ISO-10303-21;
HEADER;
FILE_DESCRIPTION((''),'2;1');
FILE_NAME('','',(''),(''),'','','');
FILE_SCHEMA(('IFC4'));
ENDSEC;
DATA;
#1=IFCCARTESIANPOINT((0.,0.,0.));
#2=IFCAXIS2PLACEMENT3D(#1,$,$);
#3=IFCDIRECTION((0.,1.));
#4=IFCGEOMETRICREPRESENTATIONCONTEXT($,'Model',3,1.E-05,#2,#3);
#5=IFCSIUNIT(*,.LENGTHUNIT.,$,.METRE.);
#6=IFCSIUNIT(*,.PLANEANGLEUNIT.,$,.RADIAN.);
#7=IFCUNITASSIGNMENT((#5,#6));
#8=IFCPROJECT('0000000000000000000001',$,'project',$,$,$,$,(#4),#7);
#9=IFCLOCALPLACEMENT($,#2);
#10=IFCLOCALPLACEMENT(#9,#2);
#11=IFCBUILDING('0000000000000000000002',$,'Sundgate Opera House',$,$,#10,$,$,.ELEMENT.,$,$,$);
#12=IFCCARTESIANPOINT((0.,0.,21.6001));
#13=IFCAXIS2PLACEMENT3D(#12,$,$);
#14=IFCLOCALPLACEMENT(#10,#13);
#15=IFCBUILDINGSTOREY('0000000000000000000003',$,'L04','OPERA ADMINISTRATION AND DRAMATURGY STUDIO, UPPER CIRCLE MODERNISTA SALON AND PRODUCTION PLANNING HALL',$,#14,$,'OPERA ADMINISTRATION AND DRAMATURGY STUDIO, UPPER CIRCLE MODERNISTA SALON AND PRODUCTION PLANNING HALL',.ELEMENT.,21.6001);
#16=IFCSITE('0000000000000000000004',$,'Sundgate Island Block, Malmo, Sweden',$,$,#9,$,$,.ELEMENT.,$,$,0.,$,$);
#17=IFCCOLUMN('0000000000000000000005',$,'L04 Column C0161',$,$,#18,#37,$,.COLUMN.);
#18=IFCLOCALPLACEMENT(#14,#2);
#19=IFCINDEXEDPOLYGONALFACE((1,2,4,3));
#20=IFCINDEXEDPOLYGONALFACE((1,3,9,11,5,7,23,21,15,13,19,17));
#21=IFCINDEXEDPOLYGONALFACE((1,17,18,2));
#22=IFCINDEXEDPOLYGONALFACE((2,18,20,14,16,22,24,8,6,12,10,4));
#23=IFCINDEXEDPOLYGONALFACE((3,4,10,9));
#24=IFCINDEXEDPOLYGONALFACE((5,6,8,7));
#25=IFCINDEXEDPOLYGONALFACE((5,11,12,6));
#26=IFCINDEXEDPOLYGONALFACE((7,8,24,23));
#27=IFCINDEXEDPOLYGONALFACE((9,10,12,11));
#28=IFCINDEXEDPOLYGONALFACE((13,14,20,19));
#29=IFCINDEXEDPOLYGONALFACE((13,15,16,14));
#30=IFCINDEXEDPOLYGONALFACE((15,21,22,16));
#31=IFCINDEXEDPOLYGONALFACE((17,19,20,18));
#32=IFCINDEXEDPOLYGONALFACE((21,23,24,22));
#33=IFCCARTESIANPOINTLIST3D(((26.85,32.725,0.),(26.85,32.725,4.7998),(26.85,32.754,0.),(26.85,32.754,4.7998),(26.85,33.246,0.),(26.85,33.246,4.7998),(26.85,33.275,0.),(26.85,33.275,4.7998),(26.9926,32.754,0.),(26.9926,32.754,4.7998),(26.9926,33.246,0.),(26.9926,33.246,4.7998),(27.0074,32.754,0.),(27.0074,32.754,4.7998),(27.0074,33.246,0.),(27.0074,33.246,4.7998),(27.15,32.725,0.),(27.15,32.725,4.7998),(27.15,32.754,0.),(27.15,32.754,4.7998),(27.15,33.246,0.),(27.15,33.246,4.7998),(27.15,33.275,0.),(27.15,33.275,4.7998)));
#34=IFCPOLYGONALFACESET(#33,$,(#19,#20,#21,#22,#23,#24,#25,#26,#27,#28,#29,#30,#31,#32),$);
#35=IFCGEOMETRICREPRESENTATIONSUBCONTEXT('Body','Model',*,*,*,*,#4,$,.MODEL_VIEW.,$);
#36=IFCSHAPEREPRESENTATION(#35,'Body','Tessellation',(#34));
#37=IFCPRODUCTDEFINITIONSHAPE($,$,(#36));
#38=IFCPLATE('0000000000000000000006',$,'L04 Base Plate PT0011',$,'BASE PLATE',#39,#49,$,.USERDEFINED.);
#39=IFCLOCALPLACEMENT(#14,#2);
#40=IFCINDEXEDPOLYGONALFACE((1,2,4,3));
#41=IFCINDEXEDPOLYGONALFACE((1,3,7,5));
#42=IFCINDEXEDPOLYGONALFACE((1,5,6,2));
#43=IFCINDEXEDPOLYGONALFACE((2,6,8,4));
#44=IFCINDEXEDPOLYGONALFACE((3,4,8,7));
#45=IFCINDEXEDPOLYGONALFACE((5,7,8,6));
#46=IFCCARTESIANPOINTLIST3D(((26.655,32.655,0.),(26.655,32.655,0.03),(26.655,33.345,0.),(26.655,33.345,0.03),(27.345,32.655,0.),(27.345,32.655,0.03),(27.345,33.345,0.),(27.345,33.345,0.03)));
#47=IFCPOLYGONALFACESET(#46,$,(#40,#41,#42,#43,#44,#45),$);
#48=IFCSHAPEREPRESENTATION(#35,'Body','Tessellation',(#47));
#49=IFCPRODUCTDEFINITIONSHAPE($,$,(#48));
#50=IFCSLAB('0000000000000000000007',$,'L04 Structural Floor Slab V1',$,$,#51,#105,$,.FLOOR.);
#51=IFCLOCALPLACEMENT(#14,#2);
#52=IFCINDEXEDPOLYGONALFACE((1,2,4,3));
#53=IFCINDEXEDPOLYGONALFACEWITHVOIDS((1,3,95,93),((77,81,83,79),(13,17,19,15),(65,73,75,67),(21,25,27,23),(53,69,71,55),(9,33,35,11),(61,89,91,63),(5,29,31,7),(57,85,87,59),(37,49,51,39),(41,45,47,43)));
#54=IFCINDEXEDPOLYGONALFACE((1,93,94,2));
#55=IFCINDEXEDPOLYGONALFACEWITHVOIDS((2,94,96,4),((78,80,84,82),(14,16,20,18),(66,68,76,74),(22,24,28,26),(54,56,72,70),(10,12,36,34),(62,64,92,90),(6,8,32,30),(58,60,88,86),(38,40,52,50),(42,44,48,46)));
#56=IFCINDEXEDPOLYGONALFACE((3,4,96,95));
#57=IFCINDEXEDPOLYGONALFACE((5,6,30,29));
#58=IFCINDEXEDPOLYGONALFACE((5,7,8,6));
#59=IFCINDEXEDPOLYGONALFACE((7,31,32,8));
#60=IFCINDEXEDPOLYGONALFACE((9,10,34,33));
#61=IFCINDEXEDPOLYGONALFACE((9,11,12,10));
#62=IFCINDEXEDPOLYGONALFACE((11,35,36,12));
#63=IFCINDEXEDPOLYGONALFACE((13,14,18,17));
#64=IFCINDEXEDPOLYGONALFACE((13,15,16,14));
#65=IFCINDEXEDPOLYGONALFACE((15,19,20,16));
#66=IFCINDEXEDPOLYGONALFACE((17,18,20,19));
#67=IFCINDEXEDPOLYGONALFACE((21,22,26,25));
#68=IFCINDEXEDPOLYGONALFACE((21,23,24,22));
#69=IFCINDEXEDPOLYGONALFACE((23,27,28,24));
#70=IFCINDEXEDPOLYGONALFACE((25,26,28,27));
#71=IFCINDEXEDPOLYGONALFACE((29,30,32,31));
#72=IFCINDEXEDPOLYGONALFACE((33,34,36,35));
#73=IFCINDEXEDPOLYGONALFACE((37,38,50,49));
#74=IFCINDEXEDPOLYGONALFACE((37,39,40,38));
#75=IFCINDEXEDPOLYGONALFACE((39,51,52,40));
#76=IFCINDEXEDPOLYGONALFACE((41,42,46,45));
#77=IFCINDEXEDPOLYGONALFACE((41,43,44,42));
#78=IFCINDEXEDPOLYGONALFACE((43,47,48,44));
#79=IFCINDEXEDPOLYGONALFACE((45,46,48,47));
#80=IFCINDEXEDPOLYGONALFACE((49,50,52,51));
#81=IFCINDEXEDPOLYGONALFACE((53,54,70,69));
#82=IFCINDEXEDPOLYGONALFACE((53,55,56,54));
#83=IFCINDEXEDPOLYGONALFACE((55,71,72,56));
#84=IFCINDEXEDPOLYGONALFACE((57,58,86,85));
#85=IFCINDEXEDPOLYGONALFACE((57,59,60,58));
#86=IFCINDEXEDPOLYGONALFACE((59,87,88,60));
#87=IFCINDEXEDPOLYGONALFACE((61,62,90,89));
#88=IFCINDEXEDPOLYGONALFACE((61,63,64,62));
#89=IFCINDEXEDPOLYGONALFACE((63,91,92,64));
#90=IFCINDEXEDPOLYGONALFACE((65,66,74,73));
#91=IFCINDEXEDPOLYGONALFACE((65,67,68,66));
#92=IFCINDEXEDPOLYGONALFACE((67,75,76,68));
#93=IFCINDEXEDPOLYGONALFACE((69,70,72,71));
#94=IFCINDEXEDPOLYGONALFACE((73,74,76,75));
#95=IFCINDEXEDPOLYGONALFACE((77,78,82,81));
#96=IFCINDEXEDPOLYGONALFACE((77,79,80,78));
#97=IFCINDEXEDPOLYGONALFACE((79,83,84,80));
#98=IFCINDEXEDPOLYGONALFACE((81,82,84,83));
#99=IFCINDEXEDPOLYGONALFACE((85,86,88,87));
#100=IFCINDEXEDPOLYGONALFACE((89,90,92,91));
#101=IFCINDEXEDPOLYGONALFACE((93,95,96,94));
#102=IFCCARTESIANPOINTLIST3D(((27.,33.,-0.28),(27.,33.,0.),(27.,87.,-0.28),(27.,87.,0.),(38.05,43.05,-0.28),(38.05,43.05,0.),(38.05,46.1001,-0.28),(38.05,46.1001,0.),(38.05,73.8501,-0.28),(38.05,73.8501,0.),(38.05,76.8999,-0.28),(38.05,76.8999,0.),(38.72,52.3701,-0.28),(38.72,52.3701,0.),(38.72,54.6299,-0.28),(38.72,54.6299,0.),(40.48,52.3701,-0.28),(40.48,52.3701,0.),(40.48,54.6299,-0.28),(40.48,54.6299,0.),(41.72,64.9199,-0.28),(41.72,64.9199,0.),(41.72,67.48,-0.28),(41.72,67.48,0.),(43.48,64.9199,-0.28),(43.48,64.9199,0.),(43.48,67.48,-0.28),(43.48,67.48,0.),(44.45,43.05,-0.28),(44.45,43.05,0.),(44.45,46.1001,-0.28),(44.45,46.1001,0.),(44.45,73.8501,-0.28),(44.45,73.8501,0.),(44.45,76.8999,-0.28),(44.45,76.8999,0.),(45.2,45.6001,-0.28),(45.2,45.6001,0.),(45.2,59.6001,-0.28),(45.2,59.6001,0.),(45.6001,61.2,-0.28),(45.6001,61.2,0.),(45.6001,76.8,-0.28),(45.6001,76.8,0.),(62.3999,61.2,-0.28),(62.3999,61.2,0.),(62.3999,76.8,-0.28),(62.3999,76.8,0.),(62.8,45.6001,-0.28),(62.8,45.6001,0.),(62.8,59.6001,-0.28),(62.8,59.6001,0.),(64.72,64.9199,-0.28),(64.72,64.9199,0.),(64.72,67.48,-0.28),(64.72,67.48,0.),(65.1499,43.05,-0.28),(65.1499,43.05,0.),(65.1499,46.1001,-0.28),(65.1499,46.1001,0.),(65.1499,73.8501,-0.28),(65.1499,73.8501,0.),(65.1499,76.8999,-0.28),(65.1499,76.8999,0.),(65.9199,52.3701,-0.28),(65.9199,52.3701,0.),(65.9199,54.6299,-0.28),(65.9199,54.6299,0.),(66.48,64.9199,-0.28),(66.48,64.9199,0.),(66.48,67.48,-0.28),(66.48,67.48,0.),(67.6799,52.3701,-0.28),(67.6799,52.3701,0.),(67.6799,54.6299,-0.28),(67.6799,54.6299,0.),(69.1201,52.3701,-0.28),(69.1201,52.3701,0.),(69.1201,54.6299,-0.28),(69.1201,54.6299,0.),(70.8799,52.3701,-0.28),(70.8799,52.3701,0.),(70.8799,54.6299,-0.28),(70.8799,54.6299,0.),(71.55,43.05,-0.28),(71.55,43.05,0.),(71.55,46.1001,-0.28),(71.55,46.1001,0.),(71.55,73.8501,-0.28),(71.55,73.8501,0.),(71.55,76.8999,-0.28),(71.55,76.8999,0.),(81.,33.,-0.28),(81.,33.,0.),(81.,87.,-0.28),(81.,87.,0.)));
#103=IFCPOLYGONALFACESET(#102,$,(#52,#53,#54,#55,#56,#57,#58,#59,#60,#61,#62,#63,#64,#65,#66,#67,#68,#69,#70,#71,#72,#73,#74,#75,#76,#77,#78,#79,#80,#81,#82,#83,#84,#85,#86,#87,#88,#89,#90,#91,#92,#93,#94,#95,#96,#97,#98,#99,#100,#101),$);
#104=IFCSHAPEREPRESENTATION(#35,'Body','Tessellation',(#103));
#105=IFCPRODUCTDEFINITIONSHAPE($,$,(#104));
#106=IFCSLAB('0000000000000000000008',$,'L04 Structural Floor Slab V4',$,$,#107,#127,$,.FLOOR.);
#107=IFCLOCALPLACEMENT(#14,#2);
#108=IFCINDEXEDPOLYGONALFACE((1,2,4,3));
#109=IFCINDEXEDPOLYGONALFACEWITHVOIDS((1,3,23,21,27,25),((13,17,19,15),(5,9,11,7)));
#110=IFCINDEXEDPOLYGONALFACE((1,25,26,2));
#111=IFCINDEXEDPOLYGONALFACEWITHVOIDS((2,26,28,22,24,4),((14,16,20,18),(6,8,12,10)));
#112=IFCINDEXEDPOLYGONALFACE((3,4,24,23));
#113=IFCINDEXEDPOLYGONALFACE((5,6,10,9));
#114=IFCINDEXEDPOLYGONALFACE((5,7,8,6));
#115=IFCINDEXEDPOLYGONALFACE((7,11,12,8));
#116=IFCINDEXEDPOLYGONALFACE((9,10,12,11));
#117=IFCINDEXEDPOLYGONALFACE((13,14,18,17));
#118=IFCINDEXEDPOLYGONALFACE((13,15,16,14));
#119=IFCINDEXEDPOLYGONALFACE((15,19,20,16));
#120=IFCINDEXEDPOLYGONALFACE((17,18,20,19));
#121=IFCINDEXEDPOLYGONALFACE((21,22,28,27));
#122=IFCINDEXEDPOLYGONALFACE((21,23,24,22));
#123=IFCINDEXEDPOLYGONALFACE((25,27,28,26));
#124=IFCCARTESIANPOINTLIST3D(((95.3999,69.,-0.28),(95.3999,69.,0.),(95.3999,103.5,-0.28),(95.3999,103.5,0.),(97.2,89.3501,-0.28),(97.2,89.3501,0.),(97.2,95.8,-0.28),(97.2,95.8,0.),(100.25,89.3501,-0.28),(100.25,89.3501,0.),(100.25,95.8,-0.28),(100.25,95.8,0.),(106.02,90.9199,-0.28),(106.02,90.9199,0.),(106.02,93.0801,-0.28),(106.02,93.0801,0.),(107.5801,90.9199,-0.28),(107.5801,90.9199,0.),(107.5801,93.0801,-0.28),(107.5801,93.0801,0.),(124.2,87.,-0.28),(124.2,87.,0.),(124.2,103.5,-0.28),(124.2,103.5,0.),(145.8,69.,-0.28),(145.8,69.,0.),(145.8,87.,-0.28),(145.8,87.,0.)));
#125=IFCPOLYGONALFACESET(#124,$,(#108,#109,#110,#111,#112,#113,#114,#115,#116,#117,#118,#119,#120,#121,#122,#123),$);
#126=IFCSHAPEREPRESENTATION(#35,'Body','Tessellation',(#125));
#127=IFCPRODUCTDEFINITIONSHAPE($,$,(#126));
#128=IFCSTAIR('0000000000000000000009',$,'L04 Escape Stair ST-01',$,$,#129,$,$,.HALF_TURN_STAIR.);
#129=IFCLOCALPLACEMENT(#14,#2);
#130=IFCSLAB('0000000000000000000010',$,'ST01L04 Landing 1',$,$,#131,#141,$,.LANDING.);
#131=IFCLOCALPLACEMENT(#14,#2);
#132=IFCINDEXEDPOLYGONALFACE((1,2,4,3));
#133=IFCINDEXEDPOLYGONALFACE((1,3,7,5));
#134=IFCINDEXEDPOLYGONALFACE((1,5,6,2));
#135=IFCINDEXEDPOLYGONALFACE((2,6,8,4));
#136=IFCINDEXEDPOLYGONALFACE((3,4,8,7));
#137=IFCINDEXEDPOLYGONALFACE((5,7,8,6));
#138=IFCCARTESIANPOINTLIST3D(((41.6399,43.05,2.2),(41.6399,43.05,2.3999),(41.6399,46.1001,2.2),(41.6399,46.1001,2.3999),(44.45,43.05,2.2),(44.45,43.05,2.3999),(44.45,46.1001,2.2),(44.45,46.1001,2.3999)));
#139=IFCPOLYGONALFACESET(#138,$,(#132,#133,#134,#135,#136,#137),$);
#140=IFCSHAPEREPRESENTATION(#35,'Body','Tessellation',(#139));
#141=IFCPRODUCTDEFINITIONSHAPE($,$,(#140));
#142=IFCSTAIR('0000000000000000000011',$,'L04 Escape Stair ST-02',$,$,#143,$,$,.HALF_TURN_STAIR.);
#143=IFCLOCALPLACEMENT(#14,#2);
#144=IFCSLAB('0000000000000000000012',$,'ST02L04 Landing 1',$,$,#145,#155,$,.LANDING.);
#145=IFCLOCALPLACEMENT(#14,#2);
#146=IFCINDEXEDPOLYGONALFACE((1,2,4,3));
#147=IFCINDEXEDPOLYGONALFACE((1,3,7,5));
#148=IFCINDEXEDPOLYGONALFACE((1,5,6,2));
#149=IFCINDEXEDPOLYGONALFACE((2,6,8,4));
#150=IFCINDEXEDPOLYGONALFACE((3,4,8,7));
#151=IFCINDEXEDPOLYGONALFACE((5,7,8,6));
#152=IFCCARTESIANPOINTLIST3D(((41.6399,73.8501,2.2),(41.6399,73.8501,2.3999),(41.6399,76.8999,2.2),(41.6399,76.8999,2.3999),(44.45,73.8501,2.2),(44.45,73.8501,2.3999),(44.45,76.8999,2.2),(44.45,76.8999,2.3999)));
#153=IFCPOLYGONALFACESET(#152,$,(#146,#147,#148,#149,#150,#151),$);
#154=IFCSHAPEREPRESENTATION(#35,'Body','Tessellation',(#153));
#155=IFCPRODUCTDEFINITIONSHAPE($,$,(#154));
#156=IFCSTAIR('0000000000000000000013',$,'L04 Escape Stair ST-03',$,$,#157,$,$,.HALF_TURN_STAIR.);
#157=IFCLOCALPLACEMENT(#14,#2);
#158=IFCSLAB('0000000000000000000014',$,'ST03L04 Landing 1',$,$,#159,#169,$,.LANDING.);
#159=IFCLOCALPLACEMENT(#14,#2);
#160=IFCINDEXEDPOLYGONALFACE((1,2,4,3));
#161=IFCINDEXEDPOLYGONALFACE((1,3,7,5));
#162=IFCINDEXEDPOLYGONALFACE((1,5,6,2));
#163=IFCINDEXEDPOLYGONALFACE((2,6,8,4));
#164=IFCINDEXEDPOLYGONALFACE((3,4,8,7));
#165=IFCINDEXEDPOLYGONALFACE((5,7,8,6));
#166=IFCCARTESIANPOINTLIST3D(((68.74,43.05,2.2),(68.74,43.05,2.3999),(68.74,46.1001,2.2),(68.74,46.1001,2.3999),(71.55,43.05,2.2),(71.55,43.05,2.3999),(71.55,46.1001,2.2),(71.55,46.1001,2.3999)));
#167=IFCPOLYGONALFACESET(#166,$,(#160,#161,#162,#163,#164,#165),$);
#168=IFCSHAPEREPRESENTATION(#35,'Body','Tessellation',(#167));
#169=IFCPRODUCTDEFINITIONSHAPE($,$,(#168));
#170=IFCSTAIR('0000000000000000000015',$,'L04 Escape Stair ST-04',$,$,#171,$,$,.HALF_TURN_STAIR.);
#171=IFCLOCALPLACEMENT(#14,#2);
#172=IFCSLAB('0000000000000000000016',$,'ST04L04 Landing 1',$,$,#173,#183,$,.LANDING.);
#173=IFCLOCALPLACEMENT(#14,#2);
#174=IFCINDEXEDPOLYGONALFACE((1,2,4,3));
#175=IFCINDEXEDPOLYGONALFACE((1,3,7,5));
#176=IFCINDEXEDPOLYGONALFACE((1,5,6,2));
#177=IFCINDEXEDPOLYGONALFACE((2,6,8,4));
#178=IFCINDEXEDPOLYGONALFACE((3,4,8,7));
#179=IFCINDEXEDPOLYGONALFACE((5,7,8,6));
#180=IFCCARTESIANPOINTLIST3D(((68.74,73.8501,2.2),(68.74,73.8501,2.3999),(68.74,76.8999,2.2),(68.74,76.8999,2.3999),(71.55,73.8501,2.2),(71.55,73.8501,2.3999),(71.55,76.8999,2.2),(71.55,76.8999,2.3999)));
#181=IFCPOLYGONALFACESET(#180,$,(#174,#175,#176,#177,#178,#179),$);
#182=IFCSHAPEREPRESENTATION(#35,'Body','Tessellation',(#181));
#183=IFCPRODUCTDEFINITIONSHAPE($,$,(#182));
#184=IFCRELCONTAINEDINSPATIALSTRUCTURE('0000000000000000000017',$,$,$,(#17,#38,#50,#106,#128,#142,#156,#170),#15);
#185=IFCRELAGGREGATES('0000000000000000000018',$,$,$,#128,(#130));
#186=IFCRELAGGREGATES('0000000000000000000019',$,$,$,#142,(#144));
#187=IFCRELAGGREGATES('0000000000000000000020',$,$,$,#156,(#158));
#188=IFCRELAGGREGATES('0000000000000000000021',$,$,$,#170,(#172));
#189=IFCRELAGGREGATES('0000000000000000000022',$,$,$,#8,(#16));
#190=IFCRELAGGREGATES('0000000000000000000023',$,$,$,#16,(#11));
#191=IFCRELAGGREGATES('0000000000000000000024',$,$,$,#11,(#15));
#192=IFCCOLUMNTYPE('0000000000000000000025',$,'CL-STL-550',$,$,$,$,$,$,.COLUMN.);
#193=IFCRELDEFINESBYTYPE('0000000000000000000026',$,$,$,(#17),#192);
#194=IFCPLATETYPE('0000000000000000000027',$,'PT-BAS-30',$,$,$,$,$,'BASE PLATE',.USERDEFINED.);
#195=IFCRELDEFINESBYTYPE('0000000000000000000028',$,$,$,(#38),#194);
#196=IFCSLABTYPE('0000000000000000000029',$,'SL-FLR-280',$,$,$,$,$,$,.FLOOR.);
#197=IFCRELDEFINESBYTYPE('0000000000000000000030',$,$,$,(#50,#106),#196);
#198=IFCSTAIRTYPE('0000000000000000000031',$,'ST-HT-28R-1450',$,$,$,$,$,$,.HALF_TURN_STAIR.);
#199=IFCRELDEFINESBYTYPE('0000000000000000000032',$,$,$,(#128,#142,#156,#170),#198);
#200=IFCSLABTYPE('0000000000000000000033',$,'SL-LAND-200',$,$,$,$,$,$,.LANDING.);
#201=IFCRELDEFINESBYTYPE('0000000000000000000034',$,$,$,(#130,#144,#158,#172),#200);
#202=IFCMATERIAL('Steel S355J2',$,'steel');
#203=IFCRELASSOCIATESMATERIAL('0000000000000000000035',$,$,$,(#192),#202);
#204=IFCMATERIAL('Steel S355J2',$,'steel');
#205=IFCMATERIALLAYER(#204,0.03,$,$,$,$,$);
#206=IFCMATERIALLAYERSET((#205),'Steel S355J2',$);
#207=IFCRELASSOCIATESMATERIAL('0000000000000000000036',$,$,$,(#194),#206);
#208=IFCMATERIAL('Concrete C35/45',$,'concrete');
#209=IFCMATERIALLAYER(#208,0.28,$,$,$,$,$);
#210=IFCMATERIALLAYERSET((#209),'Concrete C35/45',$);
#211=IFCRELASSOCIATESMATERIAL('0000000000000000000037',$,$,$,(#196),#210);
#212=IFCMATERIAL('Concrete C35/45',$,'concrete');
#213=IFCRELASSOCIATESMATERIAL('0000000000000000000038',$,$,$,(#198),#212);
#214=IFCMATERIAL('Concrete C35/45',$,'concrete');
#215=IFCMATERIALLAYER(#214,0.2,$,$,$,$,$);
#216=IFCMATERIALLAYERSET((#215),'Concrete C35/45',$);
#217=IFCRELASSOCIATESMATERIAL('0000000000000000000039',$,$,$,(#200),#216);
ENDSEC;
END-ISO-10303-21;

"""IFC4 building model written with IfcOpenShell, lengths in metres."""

from ifc_helpers import new_model, si_unit, direction, frame, origin, origin_2d, place, context, subcontext, project, spatial, polyline, rectangle, i_section, outline, extrude, material, layer, layer_set, material_profile, profile_set, type_object, element, aggregate, save


model = new_model("IFC4")

# Units and contexts
model_context = context("Model", 3, precision=1e-05, world=origin(), true_north=direction((0.0, 1.0)))
body_context = subcontext(model_context, "Body", "Model", "MODEL_VIEW")
ifc_project = project(units=[si_unit("LENGTHUNIT", "METRE"), si_unit("PLANEANGLEUNIT", "RADIAN")], contexts=[model_context])

# Site, building, storey
site_placement = place(None, origin())
site = spatial("IfcSite", under=ifc_project, at=site_placement, Name="Sundgate Island Block, Malmo, Sweden", CompositionType="ELEMENT", RefElevation=0.0)
building_placement = place(site_placement, origin())
building = spatial("IfcBuilding", under=site, at=building_placement, Name="Sundgate Opera House", CompositionType="ELEMENT")
storey_placement = place(building_placement, frame((0.0, 0.0, 21.6001)))
storey = spatial("IfcBuildingStorey", under=building, at=storey_placement, Name="L04", Description="OPERA ADMINISTRATION AND DRAMATURGY STUDIO, UPPER CIRCLE MODERNISTA SALON AND PRODUCTION PLANNING HALL", LongName="OPERA ADMINISTRATION AND DRAMATURGY STUDIO, UPPER CIRCLE MODERNISTA SALON AND PRODUCTION PLANNING HALL", CompositionType="ELEMENT", Elevation=21.6001)

# Column
ifc_material_1 = material(Name="Steel S355J2", Category="steel")
ifc_material_profile = material_profile(ifc_material_1, i_section(OverallWidth=0.3, OverallDepth=0.55, WebThickness=0.0149, FlangeThickness=0.0291, at=origin_2d()), Name="HEB 550")
ifc_profile_set = profile_set([ifc_material_profile], Name="Steel S355J2")
column_type = type_object("IfcColumnType", Name="CL-STL-550", PredefinedType="COLUMN", material=ifc_profile_set)
column_placement = place(storey_placement, frame((27.0, 33.0, 0.0), z_axis=(0.0, 0.0, 1.0), x_axis=(1.0, 0.0, 0.0)))
element("IfcColumn", 1, at=column_placement, inside=storey, type_object=column_type, Name="L04 Column C0161", PredefinedType="COLUMN", context=body_context, shape_type="SweptSolid", body=[
    extrude(i_section(OverallWidth=0.3, OverallDepth=0.55, WebThickness=0.0149, FlangeThickness=0.0291, at=origin_2d()), origin(), (0.0, 0.0, 1.0), 4.7998),
])

# Plate
ifc_material_2 = material(Name="Steel S355J2", Category="steel")
ifc_layer_1 = layer(ifc_material_2, 0.03)
ifc_layer_set_1 = layer_set([ifc_layer_1], Name="Steel S355J2")
plate_type = type_object("IfcPlateType", Name="PT-BAS-30", ElementType="BASE PLATE", PredefinedType="USERDEFINED", material=ifc_layer_set_1)
plate_placement = place(storey_placement, frame((27.0, 33.0, 0.0), z_axis=(0.0, 0.0, 1.0), x_axis=(1.0, 0.0, 0.0)))
element("IfcPlate", 2, at=plate_placement, inside=storey, type_object=plate_type, Name="L04 Base Plate PT0011", ObjectType="BASE PLATE", PredefinedType="USERDEFINED", context=body_context, shape_type="SweptSolid", body=[
    extrude(rectangle(XDim=0.6899, YDim=0.6899, at=origin_2d()), origin(), (0.0, 0.0, 1.0), 0.03),
])

# Slabs
ifc_material_3 = material(Name="Concrete C35/45", Category="concrete")
ifc_layer_2 = layer(ifc_material_3, 0.28)
ifc_layer_set_2 = layer_set([ifc_layer_2], Name="Concrete C35/45")
slab_type_1 = type_object("IfcSlabType", Name="SL-FLR-280", PredefinedType="FLOOR", material=ifc_layer_set_2)
slab_1_placement = place(storey_placement, frame((0.0, 0.0, -0.28)))
element("IfcSlab", 3, at=slab_1_placement, inside=storey, type_object=slab_type_1, Name="L04 Structural Floor Slab V1", PredefinedType="FLOOR", context=body_context, shape_type="SweptSolid", body=[
    extrude(outline(polyline([(27.0, 33.0), (81.0, 33.0), (81.0, 87.0), (27.0, 87.0), (27.0, 33.0)]), holes=[polyline([(45.2, 59.6001), (62.8, 59.6001), (62.8, 45.6001), (45.2, 45.6001), (45.2, 59.6001)]), polyline([(45.6001, 76.8), (62.3999, 76.8), (62.3999, 61.2), (45.6001, 61.2), (45.6001, 76.8)]), polyline([(38.05, 46.1001), (44.45, 46.1001), (44.45, 43.05), (38.05, 43.05), (38.05, 46.1001)]), polyline([(38.05, 76.8999), (44.45, 76.8999), (44.45, 73.8501), (38.05, 73.8501), (38.05, 76.8999)]), polyline([(65.1499, 46.1001), (71.55, 46.1001), (71.55, 43.05), (65.1499, 43.05), (65.1499, 46.1001)]), polyline([(65.1499, 76.8999), (71.55, 76.8999), (71.55, 73.8501), (65.1499, 73.8501), (65.1499, 76.8999)]), polyline([(65.9199, 54.6299), (67.6799, 54.6299), (67.6799, 52.3701), (65.9199, 52.3701), (65.9199, 54.6299)]), polyline([(69.1201, 54.6299), (70.8799, 54.6299), (70.8799, 52.3701), (69.1201, 52.3701), (69.1201, 54.6299)]), polyline([(38.72, 54.6299), (40.48, 54.6299), (40.48, 52.3701), (38.72, 52.3701), (38.72, 54.6299)]), polyline([(41.72, 67.48), (43.48, 67.48), (43.48, 64.9199), (41.72, 64.9199), (41.72, 67.48)]), polyline([(64.72, 67.48), (66.48, 67.48), (66.48, 64.9199), (64.72, 64.9199), (64.72, 67.48)])]), origin(), (0.0, 0.0, 1.0), 0.28),
])
slab_2_placement = place(storey_placement, frame((0.0, 0.0, -0.28)))
element("IfcSlab", 4, at=slab_2_placement, inside=storey, type_object=slab_type_1, Name="L04 Structural Floor Slab V4", PredefinedType="FLOOR", context=body_context, shape_type="SweptSolid", body=[
    extrude(outline(polyline([(95.3999, 69.0), (145.8, 69.0), (145.8, 87.0), (124.2, 87.0), (124.2, 103.5), (95.3999, 103.5), (95.3999, 69.0)]), holes=[polyline([(97.2, 95.8), (100.25, 95.8), (100.25, 89.3501), (97.2, 89.3501), (97.2, 95.8)]), polyline([(106.02, 93.0801), (107.5801, 93.0801), (107.5801, 90.9199), (106.02, 90.9199), (106.02, 93.0801)])]), origin(), (0.0, 0.0, 1.0), 0.28),
])

# Stairs, slabs
ifc_material_4 = material(Name="Concrete C35/45", Category="concrete")
stair_type = type_object("IfcStairType", Name="ST-HT-28R-1450", PredefinedType="HALF_TURN_STAIR", material=ifc_material_4)
stair_1_placement = place(storey_placement, origin())
stair_1 = element("IfcStair", 5, at=stair_1_placement, inside=storey, type_object=stair_type, Name="L04 Escape Stair ST-01", PredefinedType="HALF_TURN_STAIR")
ifc_material_5 = material(Name="Concrete C35/45", Category="concrete")
ifc_layer_3 = layer(ifc_material_5, 0.2)
ifc_layer_set_3 = layer_set([ifc_layer_3], Name="Concrete C35/45")
slab_type_2 = type_object("IfcSlabType", Name="SL-LAND-200", PredefinedType="LANDING", material=ifc_layer_set_3)
slab_3_placement = place(storey_placement, frame((0.0, 0.0, 2.2)))
slab_3 = element("IfcSlab", 6, at=slab_3_placement, type_object=slab_type_2, Name="ST01L04 Landing 1", PredefinedType="LANDING", context=body_context, shape_type="SweptSolid", body=[
    extrude(outline(polyline([(41.6399, 43.05), (44.45, 43.05), (44.45, 46.1001), (41.6399, 46.1001), (41.6399, 43.05)])), origin(), (0.0, 0.0, 1.0), 0.2),
])
aggregate(stair_1, [slab_3])
stair_2_placement = place(storey_placement, origin())
stair_2 = element("IfcStair", 7, at=stair_2_placement, inside=storey, type_object=stair_type, Name="L04 Escape Stair ST-02", PredefinedType="HALF_TURN_STAIR")
slab_4_placement = place(storey_placement, frame((0.0, 0.0, 2.2)))
slab_4 = element("IfcSlab", 8, at=slab_4_placement, type_object=slab_type_2, Name="ST02L04 Landing 1", PredefinedType="LANDING", context=body_context, shape_type="SweptSolid", body=[
    extrude(outline(polyline([(41.6399, 73.8501), (44.45, 73.8501), (44.45, 76.8999), (41.6399, 76.8999), (41.6399, 73.8501)])), origin(), (0.0, 0.0, 1.0), 0.2),
])
aggregate(stair_2, [slab_4])
stair_3_placement = place(storey_placement, origin())
stair_3 = element("IfcStair", 9, at=stair_3_placement, inside=storey, type_object=stair_type, Name="L04 Escape Stair ST-03", PredefinedType="HALF_TURN_STAIR")
slab_5_placement = place(storey_placement, frame((0.0, 0.0, 2.2)))
slab_5 = element("IfcSlab", 10, at=slab_5_placement, type_object=slab_type_2, Name="ST03L04 Landing 1", PredefinedType="LANDING", context=body_context, shape_type="SweptSolid", body=[
    extrude(outline(polyline([(68.74, 43.05), (71.55, 43.05), (71.55, 46.1001), (68.74, 46.1001), (68.74, 43.05)])), origin(), (0.0, 0.0, 1.0), 0.2),
])
aggregate(stair_3, [slab_5])
stair_4_placement = place(storey_placement, origin())
stair_4 = element("IfcStair", 11, at=stair_4_placement, inside=storey, type_object=stair_type, Name="L04 Escape Stair ST-04", PredefinedType="HALF_TURN_STAIR")
slab_6_placement = place(storey_placement, frame((0.0, 0.0, 2.2)))
slab_6 = element("IfcSlab", 12, at=slab_6_placement, type_object=slab_type_2, Name="ST04L04 Landing 1", PredefinedType="LANDING", context=body_context, shape_type="SweptSolid", body=[
    extrude(outline(polyline([(68.74, 73.8501), (71.55, 73.8501), (71.55, 76.8999), (68.74, 76.8999), (68.74, 73.8501)])), origin(), (0.0, 0.0, 1.0), 0.2),
])
aggregate(stair_4, [slab_6])

save(model, "model.ifc")
